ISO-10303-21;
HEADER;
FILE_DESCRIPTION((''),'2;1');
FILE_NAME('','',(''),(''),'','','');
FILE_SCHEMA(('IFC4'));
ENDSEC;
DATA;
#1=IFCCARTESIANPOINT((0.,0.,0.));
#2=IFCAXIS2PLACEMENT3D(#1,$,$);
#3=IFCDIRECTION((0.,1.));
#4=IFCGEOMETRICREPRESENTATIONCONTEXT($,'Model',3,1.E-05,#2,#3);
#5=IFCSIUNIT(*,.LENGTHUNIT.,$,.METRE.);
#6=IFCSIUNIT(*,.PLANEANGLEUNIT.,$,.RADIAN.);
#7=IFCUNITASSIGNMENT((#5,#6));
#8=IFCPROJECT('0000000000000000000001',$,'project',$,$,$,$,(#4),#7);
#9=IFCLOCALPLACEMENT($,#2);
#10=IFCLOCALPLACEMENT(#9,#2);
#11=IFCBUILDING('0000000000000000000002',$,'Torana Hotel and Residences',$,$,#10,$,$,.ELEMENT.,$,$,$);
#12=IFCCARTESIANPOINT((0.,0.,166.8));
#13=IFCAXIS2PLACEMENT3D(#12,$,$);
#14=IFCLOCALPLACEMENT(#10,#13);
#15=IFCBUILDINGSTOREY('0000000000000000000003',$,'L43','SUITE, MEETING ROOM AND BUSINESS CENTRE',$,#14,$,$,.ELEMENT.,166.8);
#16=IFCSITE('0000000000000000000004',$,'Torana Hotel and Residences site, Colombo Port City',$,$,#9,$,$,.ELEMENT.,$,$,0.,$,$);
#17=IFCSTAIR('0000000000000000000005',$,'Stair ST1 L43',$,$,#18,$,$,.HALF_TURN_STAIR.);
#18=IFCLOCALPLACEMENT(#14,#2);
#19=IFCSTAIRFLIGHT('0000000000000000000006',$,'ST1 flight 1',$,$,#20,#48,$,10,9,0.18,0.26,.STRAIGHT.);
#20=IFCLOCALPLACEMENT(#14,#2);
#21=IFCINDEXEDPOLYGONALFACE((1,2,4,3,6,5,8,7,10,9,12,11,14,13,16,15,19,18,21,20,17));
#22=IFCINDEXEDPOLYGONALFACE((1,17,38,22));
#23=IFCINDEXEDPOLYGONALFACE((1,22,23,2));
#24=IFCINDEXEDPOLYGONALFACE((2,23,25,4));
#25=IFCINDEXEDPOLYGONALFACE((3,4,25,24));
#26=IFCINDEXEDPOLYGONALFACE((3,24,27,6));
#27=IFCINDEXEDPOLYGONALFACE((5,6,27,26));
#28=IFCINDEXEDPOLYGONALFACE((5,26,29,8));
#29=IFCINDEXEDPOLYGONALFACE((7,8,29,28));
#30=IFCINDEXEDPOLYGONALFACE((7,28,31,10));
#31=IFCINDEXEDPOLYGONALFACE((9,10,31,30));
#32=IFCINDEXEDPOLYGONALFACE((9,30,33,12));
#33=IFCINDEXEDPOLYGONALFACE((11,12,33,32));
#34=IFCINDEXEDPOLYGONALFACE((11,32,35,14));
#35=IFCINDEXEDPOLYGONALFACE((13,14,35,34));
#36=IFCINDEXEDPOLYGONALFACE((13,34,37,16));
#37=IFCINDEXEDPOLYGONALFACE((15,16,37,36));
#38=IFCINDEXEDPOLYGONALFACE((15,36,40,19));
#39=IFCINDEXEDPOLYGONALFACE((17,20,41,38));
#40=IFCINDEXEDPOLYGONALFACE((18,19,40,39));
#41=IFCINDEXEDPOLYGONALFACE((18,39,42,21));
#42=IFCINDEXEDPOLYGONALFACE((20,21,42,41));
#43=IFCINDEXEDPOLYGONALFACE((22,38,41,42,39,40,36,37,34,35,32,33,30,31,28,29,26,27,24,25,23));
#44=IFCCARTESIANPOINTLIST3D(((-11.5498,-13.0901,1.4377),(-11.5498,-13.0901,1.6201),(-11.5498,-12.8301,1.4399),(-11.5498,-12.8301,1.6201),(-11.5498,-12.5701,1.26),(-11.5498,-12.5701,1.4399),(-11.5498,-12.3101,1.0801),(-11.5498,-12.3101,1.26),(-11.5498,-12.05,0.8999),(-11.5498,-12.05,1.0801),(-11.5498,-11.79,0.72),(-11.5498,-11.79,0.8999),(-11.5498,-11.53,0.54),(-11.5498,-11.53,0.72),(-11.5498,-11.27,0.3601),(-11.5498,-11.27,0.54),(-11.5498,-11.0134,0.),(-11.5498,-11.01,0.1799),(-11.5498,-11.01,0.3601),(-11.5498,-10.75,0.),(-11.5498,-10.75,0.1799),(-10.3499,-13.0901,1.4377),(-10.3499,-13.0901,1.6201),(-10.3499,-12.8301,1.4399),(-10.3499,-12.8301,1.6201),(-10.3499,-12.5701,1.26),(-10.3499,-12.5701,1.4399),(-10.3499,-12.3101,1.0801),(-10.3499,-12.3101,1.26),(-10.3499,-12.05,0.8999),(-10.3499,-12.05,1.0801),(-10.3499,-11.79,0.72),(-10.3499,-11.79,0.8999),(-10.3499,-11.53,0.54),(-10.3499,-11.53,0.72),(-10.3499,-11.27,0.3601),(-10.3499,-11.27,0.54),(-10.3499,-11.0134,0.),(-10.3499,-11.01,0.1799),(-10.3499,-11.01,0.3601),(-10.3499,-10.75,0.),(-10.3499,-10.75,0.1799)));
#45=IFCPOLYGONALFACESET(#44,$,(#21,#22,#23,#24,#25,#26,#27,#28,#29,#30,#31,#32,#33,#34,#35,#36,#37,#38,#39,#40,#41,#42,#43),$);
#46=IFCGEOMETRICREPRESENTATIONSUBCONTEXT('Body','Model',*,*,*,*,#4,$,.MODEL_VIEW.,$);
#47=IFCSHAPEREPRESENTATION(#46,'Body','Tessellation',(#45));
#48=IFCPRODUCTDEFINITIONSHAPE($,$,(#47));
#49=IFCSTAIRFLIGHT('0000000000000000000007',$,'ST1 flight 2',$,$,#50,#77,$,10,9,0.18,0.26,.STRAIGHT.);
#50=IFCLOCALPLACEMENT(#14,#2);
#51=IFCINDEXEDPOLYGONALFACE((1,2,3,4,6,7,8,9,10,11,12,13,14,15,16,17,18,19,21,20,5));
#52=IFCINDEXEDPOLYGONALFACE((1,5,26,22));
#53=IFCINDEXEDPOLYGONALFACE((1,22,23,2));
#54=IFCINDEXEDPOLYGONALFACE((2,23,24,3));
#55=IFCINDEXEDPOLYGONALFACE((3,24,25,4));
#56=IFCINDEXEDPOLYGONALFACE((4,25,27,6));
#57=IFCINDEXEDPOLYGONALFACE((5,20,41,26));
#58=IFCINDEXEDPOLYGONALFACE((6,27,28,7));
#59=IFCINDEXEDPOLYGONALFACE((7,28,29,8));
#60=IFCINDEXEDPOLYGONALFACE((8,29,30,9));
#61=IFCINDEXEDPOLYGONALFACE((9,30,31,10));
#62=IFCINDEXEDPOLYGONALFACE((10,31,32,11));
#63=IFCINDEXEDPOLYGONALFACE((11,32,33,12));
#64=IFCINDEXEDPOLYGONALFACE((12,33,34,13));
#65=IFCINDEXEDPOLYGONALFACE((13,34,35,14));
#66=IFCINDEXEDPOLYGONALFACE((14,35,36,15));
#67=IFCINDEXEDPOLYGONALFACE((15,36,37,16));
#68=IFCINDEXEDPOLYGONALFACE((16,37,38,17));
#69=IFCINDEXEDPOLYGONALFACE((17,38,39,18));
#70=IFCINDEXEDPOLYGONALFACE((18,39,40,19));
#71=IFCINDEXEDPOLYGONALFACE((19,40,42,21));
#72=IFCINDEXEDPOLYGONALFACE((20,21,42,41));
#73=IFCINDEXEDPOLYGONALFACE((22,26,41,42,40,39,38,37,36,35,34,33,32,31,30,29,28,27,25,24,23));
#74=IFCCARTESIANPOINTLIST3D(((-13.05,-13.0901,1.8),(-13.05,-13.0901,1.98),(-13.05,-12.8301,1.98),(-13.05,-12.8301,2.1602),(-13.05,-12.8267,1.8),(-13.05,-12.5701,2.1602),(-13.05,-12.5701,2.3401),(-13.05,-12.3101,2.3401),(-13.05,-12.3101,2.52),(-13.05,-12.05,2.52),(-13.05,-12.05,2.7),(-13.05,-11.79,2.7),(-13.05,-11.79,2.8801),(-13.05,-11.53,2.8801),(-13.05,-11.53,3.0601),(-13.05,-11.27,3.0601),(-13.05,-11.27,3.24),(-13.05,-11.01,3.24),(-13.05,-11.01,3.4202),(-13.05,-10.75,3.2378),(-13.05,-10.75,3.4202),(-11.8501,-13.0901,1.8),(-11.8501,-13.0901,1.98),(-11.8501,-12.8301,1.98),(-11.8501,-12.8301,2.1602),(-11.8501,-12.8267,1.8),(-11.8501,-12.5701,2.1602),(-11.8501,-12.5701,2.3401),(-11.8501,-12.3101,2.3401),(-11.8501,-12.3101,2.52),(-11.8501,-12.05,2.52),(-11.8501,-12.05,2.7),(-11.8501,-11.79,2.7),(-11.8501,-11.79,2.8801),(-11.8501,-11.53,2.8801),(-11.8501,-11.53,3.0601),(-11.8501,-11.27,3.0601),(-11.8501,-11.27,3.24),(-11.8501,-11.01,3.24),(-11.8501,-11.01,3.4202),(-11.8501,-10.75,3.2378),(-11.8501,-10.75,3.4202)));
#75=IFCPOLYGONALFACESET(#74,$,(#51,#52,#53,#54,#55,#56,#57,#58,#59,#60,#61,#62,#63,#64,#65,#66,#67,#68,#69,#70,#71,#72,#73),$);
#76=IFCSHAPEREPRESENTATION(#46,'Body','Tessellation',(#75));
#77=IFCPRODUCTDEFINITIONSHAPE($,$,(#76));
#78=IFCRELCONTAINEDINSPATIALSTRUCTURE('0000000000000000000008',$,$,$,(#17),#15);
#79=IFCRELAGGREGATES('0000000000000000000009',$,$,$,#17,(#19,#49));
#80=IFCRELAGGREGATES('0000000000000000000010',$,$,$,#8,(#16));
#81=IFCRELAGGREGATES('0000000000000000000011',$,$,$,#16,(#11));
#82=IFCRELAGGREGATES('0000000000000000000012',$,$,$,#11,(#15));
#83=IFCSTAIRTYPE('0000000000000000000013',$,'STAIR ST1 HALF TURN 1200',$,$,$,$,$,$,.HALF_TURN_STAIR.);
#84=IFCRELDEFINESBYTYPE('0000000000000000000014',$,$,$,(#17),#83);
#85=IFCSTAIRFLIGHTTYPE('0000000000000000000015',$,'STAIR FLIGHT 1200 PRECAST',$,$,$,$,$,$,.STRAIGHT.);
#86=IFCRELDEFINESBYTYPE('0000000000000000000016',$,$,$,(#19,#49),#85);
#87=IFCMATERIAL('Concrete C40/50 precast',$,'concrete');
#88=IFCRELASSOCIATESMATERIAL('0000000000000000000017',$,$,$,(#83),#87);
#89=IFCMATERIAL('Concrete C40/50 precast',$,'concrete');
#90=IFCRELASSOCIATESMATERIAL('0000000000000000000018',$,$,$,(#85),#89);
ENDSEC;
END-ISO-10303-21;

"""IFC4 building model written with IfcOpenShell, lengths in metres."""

from ifc_helpers import new_model, si_unit, direction, frame, origin, place, context, subcontext, project, spatial, polyline, outline, extrude, material, type_object, element, aggregate, save


model = new_model("IFC4")

# Units and contexts
model_context = context("Model", 3, precision=1e-05, world=origin(), true_north=direction((0.0, 1.0)))
body_context = subcontext(model_context, "Body", "Model", "MODEL_VIEW")
ifc_project = project(units=[si_unit("LENGTHUNIT", "METRE"), si_unit("PLANEANGLEUNIT", "RADIAN")], contexts=[model_context])

# Site, building, storey
site_placement = place(None, origin())
site = spatial("IfcSite", under=ifc_project, at=site_placement, Name="Torana Hotel and Residences site, Colombo Port City", CompositionType="ELEMENT", RefElevation=0.0)
building_placement = place(site_placement, origin())
building = spatial("IfcBuilding", under=site, at=building_placement, Name="Torana Hotel and Residences", CompositionType="ELEMENT")
storey_placement = place(building_placement, frame((0.0, 0.0, 166.8)))
storey = spatial("IfcBuildingStorey", under=building, at=storey_placement, Name="L43", Description="SUITE, MEETING ROOM AND BUSINESS CENTRE", CompositionType="ELEMENT", Elevation=166.8)

# Stair, stair flights
ifc_material_1 = material(Name="Concrete C40/50 precast", Category="concrete")
stair_type = type_object("IfcStairType", Name="STAIR ST1 HALF TURN 1200", PredefinedType="HALF_TURN_STAIR", material=ifc_material_1)
stair_placement = place(storey_placement, origin())
stair = element("IfcStair", 1, at=stair_placement, inside=storey, type_object=stair_type, Name="Stair ST1 L43", PredefinedType="HALF_TURN_STAIR")
ifc_material_2 = material(Name="Concrete C40/50 precast", Category="concrete")
stair_flight_type = type_object("IfcStairFlightType", Name="STAIR FLIGHT 1200 PRECAST", PredefinedType="STRAIGHT", material=ifc_material_2)
stair_flight_1_placement = place(storey_placement, frame((-10.95, -10.75, 0.0), z_axis=(0.0, 0.0, 1.0), x_axis=(0.0, -1.0, 0.0)))
stair_flight_1 = element("IfcStairFlight", 2, at=stair_flight_1_placement, type_object=stair_flight_type, Name="ST1 flight 1", NumberOfRisers=10, NumberOfTreads=9, PredefinedType="STRAIGHT", RiserHeight=0.18, TreadLength=0.26, context=body_context, shape_type="SweptSolid", body=[
    extrude(outline(polyline([(0.0, 0.0), (0.0, 0.1799), (0.26, 0.1799), (0.26, 0.3601), (0.52, 0.3601), (0.52, 0.54), (0.78, 0.54), (0.78, 0.72), (1.04, 0.72), (1.04, 0.8999), (1.3, 0.8999), (1.3, 1.0801), (1.5601, 1.0801), (1.5601, 1.26), (1.8201, 1.26), (1.8201, 1.4399), (2.0801, 1.4399), (2.0801, 1.6201), (2.3401, 1.6201), (2.3401, 1.8), (2.3401, 1.4377), (0.2634, 0.0), (0.0, 0.0)])), frame((0.0, 0.6001, 0.0), z_axis=(0.0, -1.0, 0.0), x_axis=(1.0, 0.0, 0.0)), (0.0, 0.0, 1.0), 1.2),
])
stair_flight_2_placement = place(storey_placement, frame((-12.45, -13.0901, 1.8), z_axis=(0.0, 0.0, 1.0), x_axis=(0.0, 1.0, 0.0)))
stair_flight_2 = element("IfcStairFlight", 3, at=stair_flight_2_placement, type_object=stair_flight_type, Name="ST1 flight 2", NumberOfRisers=10, NumberOfTreads=9, PredefinedType="STRAIGHT", RiserHeight=0.18, TreadLength=0.26, context=body_context, shape_type="SweptSolid", body=[
    extrude(outline(polyline([(0.0, 0.0), (0.0, 0.1799), (0.26, 0.1799), (0.26, 0.3601), (0.52, 0.3601), (0.52, 0.54), (0.78, 0.54), (0.78, 0.72), (1.04, 0.72), (1.04, 0.8999), (1.3, 0.8999), (1.3, 1.0801), (1.5601, 1.0801), (1.5601, 1.26), (1.8201, 1.26), (1.8201, 1.4399), (2.0801, 1.4399), (2.0801, 1.6201), (2.3401, 1.6201), (2.3401, 1.8), (2.3401, 1.4377), (0.2634, 0.0), (0.0, 0.0)])), frame((0.0, 0.6001, 0.0), z_axis=(0.0, -1.0, 0.0), x_axis=(1.0, 0.0, 0.0)), (0.0, 0.0, 1.0), 1.2),
])
aggregate(stair, [stair_flight_1, stair_flight_2])

save(model, "model.ifc")
